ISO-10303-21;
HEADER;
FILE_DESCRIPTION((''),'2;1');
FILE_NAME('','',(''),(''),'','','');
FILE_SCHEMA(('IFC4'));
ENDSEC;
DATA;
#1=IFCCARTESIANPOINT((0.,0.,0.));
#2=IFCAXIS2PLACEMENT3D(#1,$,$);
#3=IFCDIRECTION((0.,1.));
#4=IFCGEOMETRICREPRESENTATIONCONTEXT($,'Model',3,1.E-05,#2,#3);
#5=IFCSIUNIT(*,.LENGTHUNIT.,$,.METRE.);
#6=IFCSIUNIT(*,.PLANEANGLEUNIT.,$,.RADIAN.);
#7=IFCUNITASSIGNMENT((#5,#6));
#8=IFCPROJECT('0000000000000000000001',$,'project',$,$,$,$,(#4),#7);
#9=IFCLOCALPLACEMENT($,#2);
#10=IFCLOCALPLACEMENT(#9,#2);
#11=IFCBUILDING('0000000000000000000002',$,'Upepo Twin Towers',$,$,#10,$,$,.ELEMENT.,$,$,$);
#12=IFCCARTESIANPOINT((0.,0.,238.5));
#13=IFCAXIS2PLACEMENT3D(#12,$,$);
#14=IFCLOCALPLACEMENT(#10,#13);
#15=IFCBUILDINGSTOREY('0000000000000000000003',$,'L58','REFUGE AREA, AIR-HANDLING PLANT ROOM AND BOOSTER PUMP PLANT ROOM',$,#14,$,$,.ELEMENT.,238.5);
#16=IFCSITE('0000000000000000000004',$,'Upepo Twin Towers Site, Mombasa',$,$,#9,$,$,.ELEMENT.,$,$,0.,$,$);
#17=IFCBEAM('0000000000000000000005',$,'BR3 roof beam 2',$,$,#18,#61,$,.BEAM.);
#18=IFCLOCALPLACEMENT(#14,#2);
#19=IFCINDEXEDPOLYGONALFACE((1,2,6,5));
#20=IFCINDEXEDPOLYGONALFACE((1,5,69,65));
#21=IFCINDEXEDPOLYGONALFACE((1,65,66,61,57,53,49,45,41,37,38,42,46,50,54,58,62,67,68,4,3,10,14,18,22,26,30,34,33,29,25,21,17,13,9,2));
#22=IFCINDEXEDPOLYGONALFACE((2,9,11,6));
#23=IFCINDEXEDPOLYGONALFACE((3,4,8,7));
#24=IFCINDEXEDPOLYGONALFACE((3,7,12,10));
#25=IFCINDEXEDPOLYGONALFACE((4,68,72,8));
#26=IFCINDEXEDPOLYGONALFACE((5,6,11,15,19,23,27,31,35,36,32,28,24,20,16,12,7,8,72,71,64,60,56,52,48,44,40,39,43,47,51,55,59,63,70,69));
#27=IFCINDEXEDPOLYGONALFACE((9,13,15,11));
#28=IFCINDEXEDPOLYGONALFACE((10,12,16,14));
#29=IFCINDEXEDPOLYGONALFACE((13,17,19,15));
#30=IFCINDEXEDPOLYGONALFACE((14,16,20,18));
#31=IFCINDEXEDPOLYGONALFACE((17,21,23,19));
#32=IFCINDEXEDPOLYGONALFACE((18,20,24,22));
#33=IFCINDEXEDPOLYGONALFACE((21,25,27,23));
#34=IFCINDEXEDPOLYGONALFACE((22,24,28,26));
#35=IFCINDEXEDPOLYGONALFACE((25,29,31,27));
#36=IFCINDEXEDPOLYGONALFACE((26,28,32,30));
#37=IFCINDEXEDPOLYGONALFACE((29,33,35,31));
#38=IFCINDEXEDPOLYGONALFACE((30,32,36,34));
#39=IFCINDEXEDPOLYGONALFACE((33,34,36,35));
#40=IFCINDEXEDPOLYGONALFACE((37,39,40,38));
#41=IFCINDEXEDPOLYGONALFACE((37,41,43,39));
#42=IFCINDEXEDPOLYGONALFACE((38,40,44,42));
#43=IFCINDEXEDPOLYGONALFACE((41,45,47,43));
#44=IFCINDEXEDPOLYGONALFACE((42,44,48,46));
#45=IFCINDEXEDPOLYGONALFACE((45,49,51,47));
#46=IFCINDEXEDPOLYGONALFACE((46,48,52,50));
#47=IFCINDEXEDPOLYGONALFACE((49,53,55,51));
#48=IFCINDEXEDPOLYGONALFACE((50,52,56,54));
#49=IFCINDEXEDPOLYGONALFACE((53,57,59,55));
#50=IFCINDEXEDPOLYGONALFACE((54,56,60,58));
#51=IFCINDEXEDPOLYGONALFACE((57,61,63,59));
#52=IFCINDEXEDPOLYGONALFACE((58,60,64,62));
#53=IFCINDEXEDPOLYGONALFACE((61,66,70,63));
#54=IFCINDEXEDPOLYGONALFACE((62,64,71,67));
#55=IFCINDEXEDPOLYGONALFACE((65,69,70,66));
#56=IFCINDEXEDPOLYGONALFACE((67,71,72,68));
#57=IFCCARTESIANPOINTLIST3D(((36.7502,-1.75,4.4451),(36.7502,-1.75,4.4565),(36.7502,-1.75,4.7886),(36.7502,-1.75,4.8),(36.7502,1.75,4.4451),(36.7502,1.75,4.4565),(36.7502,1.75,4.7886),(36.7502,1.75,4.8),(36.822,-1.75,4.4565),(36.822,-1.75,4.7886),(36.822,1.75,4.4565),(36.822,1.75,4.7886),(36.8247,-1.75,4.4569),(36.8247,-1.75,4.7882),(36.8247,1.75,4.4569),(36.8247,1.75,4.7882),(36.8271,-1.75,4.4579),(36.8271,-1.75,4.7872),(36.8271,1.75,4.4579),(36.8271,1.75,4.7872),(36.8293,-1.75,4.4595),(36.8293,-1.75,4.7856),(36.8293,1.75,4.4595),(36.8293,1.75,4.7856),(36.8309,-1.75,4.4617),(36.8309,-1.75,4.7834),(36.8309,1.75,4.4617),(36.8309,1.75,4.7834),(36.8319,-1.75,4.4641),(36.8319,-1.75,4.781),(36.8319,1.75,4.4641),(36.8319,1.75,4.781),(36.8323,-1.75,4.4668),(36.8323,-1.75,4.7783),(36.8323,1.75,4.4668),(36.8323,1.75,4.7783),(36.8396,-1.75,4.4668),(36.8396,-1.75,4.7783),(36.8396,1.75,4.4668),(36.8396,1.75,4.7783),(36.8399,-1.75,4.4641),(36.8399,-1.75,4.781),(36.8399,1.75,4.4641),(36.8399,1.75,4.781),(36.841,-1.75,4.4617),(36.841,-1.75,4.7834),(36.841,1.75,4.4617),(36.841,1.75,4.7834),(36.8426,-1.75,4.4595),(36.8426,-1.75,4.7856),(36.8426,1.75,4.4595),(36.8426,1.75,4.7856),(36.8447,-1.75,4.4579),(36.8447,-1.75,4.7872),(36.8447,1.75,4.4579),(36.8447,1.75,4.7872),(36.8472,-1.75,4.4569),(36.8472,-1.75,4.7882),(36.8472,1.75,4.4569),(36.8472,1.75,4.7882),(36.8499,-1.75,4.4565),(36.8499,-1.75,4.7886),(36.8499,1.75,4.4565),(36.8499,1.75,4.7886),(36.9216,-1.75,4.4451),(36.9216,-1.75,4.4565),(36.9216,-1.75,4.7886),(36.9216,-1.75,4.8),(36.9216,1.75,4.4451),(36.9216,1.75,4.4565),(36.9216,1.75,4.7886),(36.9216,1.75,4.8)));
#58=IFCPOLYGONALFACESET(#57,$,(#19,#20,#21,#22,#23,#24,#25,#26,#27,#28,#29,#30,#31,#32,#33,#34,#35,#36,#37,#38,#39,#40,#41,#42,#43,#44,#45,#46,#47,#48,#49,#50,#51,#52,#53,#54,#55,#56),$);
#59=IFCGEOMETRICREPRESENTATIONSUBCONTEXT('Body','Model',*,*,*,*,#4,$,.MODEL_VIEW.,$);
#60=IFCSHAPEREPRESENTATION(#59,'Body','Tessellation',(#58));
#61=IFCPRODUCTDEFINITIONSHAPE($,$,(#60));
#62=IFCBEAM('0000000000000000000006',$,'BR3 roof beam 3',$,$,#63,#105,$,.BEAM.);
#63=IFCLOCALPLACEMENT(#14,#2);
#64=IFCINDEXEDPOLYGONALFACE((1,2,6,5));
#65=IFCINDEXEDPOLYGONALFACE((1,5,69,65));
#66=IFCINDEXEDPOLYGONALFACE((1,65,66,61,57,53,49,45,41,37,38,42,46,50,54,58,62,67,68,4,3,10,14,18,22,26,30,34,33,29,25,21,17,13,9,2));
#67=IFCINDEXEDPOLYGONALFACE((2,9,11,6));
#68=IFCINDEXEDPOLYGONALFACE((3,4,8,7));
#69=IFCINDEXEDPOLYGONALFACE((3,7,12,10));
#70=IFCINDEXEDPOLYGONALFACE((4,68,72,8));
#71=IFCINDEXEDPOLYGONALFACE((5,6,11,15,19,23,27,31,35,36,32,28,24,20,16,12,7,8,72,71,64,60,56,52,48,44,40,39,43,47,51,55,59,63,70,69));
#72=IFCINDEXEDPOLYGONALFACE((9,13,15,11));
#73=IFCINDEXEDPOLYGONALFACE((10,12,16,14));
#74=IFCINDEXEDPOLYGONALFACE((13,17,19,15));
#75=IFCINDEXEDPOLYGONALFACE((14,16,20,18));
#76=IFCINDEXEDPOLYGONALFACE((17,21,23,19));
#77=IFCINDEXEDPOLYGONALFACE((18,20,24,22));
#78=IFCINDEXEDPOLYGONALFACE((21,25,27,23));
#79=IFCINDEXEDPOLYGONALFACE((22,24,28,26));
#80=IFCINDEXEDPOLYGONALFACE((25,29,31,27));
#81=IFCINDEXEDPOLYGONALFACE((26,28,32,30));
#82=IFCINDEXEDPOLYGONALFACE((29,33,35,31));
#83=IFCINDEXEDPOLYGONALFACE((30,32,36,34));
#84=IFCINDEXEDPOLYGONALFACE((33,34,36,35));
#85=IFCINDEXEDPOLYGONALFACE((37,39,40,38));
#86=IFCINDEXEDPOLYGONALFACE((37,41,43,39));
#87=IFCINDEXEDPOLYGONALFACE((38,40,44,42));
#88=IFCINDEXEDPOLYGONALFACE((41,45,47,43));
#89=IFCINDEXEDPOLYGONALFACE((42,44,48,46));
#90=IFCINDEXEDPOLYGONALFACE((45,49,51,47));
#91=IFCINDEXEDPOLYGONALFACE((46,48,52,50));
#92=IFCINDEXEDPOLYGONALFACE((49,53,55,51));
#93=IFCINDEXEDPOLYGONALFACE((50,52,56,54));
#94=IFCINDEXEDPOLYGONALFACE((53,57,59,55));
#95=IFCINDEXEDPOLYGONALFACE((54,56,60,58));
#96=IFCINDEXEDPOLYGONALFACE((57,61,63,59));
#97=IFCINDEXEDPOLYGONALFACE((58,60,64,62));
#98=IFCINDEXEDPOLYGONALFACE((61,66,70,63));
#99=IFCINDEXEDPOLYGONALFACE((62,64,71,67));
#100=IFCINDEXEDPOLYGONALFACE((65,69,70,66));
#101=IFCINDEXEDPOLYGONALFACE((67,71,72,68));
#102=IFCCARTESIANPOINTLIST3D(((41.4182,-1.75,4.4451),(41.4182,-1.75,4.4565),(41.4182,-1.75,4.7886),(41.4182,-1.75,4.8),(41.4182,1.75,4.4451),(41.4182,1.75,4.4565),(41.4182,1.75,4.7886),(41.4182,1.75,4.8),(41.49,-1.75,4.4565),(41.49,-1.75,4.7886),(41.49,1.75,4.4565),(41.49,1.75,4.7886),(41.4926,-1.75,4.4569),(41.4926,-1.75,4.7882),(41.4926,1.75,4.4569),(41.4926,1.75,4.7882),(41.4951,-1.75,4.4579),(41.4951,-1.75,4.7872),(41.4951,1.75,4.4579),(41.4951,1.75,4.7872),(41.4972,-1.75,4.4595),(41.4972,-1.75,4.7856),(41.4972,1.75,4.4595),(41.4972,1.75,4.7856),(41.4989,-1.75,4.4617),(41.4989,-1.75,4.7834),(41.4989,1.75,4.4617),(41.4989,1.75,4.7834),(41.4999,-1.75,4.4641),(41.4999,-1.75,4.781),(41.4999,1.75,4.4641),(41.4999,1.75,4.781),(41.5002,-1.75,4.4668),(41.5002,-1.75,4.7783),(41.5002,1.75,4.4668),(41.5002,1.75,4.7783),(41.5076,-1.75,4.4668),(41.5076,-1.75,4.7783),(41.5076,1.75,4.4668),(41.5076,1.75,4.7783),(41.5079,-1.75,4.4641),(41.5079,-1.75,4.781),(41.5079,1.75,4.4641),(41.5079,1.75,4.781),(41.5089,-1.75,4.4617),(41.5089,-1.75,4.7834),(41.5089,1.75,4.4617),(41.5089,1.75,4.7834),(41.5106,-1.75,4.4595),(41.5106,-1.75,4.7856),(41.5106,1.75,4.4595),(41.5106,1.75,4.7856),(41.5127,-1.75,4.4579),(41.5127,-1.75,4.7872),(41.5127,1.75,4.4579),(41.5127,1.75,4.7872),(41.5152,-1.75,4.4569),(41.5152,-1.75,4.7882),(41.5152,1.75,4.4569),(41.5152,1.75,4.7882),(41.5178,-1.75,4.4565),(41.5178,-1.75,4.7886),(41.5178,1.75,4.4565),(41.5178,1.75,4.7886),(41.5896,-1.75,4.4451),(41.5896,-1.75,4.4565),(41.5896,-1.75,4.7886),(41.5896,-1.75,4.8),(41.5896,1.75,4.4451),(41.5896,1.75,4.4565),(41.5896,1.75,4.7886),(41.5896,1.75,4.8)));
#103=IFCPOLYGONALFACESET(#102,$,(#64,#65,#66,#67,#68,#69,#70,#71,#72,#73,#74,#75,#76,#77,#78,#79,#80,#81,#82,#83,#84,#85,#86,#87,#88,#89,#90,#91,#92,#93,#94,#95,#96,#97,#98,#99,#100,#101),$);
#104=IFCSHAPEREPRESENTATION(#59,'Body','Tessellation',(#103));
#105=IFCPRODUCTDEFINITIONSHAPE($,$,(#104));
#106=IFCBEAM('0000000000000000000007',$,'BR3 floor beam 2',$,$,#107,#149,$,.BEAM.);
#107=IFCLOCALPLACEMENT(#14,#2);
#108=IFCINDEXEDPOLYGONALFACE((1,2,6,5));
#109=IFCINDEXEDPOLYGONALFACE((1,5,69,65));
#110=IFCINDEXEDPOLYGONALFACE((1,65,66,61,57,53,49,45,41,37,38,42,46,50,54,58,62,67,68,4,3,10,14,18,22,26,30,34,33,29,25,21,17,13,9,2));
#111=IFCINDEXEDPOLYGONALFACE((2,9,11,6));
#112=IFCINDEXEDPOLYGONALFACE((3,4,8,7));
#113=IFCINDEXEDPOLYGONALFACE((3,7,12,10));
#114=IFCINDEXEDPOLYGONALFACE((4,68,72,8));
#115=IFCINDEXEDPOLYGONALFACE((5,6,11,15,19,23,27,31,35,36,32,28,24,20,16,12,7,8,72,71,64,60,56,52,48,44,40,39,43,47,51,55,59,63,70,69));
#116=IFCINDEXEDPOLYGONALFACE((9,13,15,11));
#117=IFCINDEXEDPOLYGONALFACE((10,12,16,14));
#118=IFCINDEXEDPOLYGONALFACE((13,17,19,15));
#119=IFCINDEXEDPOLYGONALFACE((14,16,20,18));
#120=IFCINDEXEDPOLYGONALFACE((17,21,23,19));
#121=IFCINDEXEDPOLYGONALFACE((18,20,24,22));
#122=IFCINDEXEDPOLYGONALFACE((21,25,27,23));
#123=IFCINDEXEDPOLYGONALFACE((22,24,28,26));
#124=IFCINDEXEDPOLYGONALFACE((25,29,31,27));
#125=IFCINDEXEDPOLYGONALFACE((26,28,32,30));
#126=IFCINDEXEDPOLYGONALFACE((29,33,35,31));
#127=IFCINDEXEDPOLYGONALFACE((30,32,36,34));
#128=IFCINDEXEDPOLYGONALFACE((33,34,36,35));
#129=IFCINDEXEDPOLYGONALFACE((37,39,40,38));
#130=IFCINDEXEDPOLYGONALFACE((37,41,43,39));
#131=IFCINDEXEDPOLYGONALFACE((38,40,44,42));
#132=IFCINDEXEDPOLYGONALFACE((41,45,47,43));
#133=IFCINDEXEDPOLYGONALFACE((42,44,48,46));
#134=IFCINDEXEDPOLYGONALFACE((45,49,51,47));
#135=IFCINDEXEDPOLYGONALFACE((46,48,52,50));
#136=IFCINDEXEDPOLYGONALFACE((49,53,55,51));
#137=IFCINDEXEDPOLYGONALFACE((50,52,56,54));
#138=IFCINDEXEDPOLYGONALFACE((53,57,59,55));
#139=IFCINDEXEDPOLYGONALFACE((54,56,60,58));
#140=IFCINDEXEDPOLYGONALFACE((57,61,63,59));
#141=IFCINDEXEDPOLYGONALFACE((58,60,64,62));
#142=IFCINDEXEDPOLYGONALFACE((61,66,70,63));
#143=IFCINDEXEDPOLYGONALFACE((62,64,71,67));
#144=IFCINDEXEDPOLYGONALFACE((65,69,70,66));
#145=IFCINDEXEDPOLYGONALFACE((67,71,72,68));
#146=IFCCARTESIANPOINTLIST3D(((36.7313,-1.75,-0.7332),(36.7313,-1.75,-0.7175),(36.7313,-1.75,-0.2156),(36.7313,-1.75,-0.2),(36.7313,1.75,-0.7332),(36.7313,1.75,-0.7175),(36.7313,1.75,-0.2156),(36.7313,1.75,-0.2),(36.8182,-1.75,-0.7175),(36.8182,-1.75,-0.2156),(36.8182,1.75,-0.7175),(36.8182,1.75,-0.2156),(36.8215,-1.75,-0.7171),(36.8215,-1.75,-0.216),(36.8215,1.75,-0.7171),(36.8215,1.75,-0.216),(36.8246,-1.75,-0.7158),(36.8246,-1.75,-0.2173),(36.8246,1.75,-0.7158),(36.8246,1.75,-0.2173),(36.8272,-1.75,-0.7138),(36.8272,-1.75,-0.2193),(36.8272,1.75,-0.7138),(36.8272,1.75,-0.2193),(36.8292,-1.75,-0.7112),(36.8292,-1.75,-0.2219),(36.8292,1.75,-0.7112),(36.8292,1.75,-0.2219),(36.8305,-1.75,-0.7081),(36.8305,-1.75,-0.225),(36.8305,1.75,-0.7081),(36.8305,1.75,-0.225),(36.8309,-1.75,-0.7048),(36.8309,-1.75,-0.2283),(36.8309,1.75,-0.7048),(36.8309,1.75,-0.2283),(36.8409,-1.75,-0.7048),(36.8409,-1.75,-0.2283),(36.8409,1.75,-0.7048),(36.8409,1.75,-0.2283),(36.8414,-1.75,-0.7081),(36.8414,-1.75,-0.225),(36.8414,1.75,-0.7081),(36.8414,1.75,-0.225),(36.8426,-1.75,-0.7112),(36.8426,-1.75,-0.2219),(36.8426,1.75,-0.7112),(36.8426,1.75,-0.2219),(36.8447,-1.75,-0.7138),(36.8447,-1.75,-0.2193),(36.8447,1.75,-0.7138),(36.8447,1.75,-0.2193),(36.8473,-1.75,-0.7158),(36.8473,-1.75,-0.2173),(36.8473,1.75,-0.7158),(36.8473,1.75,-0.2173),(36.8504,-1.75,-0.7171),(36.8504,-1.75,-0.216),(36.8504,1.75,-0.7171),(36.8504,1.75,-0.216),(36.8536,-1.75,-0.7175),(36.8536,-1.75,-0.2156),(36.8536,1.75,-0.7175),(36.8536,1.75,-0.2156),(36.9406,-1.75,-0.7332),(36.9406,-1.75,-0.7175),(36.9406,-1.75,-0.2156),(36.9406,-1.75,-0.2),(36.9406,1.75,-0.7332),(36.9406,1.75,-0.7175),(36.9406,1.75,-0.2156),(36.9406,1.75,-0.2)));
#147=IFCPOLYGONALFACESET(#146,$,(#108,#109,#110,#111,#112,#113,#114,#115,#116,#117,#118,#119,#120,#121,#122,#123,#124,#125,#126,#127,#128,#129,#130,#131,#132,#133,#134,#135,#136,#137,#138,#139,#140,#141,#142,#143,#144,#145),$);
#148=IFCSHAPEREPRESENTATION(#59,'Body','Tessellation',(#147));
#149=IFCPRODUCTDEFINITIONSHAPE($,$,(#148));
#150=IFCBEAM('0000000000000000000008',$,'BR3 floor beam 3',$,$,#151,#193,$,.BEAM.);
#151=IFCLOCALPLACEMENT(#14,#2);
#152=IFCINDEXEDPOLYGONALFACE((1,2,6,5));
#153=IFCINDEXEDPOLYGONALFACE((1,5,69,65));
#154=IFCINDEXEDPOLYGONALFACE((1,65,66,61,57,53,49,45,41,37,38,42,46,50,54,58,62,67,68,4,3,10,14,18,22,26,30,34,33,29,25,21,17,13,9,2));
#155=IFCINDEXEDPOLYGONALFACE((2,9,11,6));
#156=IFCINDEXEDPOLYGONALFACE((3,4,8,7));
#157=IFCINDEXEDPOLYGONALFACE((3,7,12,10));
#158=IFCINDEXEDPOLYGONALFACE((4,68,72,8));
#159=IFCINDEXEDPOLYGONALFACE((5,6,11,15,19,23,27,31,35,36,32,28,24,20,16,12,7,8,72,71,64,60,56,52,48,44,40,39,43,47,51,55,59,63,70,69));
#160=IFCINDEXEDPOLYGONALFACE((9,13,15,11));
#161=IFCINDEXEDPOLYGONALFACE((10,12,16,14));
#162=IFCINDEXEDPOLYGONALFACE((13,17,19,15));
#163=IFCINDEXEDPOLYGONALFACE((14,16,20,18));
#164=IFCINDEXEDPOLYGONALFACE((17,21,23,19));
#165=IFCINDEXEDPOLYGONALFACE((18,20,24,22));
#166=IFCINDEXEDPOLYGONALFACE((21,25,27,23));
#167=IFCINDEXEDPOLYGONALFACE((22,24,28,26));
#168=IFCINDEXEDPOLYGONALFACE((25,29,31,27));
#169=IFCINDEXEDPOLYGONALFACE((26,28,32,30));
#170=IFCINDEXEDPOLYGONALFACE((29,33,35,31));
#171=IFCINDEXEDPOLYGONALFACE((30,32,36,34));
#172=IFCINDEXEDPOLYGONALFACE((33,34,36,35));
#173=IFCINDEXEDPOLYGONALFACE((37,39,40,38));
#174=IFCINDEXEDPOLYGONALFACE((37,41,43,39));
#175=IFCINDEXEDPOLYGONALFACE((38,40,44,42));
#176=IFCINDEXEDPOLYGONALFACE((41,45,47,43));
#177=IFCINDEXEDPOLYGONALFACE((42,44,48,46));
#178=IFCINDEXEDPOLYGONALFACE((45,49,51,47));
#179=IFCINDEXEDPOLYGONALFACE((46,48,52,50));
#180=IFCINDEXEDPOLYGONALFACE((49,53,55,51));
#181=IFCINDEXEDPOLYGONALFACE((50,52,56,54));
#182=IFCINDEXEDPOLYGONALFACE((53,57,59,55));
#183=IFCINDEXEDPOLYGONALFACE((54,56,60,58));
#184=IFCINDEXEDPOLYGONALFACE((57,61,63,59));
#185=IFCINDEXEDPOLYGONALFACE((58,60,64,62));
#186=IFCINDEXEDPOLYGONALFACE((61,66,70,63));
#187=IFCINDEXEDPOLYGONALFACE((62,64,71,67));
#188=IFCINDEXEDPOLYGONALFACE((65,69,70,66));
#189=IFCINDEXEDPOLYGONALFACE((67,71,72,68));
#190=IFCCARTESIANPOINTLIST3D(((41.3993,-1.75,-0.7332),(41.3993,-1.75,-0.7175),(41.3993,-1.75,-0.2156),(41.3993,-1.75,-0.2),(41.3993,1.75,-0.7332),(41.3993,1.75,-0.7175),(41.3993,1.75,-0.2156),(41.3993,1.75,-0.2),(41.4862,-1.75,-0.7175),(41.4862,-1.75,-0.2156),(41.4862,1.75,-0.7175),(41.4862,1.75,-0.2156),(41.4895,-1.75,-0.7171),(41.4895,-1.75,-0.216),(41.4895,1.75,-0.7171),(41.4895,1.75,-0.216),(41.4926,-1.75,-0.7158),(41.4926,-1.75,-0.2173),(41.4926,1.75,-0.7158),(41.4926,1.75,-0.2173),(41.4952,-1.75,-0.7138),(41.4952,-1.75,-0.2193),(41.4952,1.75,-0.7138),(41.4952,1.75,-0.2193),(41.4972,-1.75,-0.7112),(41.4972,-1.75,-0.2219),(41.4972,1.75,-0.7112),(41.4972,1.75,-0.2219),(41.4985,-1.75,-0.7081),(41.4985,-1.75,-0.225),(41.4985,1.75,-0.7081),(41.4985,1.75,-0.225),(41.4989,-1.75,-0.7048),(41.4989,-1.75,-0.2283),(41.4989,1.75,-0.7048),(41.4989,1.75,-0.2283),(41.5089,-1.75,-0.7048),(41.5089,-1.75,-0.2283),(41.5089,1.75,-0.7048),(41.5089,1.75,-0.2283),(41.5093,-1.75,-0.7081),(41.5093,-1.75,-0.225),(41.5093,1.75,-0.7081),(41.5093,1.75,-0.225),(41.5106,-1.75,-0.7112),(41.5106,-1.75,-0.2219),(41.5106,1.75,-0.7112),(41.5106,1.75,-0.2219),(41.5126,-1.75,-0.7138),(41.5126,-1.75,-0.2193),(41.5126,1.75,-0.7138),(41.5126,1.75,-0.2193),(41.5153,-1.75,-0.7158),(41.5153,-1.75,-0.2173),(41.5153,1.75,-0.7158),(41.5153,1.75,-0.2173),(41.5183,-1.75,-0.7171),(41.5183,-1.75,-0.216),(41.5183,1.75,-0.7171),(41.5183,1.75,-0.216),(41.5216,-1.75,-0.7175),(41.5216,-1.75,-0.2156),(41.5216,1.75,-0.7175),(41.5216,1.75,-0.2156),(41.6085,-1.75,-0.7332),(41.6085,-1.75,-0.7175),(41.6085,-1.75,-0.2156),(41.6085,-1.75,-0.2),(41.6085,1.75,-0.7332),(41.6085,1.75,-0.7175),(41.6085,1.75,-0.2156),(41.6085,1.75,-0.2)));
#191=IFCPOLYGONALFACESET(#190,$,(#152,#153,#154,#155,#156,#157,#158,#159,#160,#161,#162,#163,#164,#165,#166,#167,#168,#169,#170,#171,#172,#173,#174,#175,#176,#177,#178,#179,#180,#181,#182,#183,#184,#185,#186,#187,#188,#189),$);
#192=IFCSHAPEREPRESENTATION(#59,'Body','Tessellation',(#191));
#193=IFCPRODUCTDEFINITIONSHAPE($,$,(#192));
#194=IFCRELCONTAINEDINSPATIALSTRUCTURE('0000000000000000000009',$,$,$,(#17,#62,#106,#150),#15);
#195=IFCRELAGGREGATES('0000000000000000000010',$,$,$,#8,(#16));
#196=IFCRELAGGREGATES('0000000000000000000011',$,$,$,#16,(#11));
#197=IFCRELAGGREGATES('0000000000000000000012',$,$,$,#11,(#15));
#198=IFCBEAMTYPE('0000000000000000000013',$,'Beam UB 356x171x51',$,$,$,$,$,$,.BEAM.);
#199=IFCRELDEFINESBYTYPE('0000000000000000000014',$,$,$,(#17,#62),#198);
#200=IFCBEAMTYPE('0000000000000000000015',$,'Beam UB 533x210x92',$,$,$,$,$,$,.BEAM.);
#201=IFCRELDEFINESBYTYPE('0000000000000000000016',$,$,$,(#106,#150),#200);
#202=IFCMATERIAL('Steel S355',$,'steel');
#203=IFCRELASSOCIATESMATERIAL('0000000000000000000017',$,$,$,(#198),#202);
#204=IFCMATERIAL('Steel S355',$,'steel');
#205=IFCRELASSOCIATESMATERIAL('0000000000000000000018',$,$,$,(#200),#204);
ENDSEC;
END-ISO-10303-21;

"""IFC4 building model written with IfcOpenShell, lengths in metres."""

from ifc_helpers import new_model, si_unit, direction, frame, origin, origin_2d, place, context, subcontext, project, spatial, i_section, extrude, material, material_profile, profile_set, type_object, element, save


model = new_model("IFC4")

# Units and contexts
model_context = context("Model", 3, precision=1e-05, world=origin(), true_north=direction((0.0, 1.0)))
body_context = subcontext(model_context, "Body", "Model", "MODEL_VIEW")
ifc_project = project(units=[si_unit("LENGTHUNIT", "METRE"), si_unit("PLANEANGLEUNIT", "RADIAN")], contexts=[model_context])

# Site, building, storey
site_placement = place(None, origin())
site = spatial("IfcSite", under=ifc_project, at=site_placement, Name="Upepo Twin Towers Site, Mombasa", CompositionType="ELEMENT", RefElevation=0.0)
building_placement = place(site_placement, origin())
building = spatial("IfcBuilding", under=site, at=building_placement, Name="Upepo Twin Towers", CompositionType="ELEMENT")
storey_placement = place(building_placement, frame((0.0, 0.0, 238.5)))
storey = spatial("IfcBuildingStorey", under=building, at=storey_placement, Name="L58", Description="REFUGE AREA, AIR-HANDLING PLANT ROOM AND BOOSTER PUMP PLANT ROOM", CompositionType="ELEMENT", Elevation=238.5)

# Beams
ifc_material_1 = material(Name="Steel S355", Category="steel")
ifc_material_profile_1 = material_profile(ifc_material_1, i_section(OverallWidth=0.1714, OverallDepth=0.355, WebThickness=0.0073, FlangeThickness=0.0115, FilletRadius=0.0103, at=origin_2d()), Name="UB 356x171x51")
ifc_profile_set_1 = profile_set([ifc_material_profile_1], Name="Steel S355")
beam_type_1 = type_object("IfcBeamType", Name="Beam UB 356x171x51", PredefinedType="BEAM", material=ifc_profile_set_1)
for number, where, z_axis, x_axis, name in (
    (1, (36.8359, -1.75, 4.6226), (0.0, 1.0, 0.0), (-1.0, 0.0, 0.0), "BR3 roof beam 2"),
    (2, (41.5039, -1.75, 4.6226), (0.0, 1.0, 0.0), (-1.0, 0.0, 0.0), "BR3 roof beam 3"),
):
    element("IfcBeam", number, at=place(storey_placement, frame(where, z_axis=z_axis, x_axis=x_axis)), inside=storey, type_object=beam_type_1, Name=name, PredefinedType="BEAM", context=body_context, shape_type="SweptSolid", body=[
        extrude(i_section(OverallWidth=0.1714, OverallDepth=0.355, WebThickness=0.0073, FlangeThickness=0.0115, FilletRadius=0.0103, at=origin_2d()), origin(), (0.0, 0.0, 1.0), 3.5),
    ])
ifc_material_2 = material(Name="Steel S355", Category="steel")
ifc_material_profile_2 = material_profile(ifc_material_2, i_section(OverallWidth=0.2092, OverallDepth=0.5332, WebThickness=0.01, FlangeThickness=0.0156, FilletRadius=0.0127, at=origin_2d()), Name="UB 533x210x92")
ifc_profile_set_2 = profile_set([ifc_material_profile_2], Name="Steel S355")
beam_type_2 = type_object("IfcBeamType", Name="Beam UB 533x210x92", PredefinedType="BEAM", material=ifc_profile_set_2)
for number, where, z_axis, x_axis, name in (
    (3, (36.8359, -1.75, -0.4666), (0.0, 1.0, 0.0), (-1.0, 0.0, 0.0), "BR3 floor beam 2"),
    (4, (41.5039, -1.75, -0.4666), (0.0, 1.0, 0.0), (-1.0, 0.0, 0.0), "BR3 floor beam 3"),
):
    element("IfcBeam", number, at=place(storey_placement, frame(where, z_axis=z_axis, x_axis=x_axis)), inside=storey, type_object=beam_type_2, Name=name, PredefinedType="BEAM", context=body_context, shape_type="SweptSolid", body=[
        extrude(i_section(OverallWidth=0.2092, OverallDepth=0.5332, WebThickness=0.01, FlangeThickness=0.0156, FilletRadius=0.0127, at=origin_2d()), origin(), (0.0, 0.0, 1.0), 3.5),
    ])

save(model, "model.ifc")
